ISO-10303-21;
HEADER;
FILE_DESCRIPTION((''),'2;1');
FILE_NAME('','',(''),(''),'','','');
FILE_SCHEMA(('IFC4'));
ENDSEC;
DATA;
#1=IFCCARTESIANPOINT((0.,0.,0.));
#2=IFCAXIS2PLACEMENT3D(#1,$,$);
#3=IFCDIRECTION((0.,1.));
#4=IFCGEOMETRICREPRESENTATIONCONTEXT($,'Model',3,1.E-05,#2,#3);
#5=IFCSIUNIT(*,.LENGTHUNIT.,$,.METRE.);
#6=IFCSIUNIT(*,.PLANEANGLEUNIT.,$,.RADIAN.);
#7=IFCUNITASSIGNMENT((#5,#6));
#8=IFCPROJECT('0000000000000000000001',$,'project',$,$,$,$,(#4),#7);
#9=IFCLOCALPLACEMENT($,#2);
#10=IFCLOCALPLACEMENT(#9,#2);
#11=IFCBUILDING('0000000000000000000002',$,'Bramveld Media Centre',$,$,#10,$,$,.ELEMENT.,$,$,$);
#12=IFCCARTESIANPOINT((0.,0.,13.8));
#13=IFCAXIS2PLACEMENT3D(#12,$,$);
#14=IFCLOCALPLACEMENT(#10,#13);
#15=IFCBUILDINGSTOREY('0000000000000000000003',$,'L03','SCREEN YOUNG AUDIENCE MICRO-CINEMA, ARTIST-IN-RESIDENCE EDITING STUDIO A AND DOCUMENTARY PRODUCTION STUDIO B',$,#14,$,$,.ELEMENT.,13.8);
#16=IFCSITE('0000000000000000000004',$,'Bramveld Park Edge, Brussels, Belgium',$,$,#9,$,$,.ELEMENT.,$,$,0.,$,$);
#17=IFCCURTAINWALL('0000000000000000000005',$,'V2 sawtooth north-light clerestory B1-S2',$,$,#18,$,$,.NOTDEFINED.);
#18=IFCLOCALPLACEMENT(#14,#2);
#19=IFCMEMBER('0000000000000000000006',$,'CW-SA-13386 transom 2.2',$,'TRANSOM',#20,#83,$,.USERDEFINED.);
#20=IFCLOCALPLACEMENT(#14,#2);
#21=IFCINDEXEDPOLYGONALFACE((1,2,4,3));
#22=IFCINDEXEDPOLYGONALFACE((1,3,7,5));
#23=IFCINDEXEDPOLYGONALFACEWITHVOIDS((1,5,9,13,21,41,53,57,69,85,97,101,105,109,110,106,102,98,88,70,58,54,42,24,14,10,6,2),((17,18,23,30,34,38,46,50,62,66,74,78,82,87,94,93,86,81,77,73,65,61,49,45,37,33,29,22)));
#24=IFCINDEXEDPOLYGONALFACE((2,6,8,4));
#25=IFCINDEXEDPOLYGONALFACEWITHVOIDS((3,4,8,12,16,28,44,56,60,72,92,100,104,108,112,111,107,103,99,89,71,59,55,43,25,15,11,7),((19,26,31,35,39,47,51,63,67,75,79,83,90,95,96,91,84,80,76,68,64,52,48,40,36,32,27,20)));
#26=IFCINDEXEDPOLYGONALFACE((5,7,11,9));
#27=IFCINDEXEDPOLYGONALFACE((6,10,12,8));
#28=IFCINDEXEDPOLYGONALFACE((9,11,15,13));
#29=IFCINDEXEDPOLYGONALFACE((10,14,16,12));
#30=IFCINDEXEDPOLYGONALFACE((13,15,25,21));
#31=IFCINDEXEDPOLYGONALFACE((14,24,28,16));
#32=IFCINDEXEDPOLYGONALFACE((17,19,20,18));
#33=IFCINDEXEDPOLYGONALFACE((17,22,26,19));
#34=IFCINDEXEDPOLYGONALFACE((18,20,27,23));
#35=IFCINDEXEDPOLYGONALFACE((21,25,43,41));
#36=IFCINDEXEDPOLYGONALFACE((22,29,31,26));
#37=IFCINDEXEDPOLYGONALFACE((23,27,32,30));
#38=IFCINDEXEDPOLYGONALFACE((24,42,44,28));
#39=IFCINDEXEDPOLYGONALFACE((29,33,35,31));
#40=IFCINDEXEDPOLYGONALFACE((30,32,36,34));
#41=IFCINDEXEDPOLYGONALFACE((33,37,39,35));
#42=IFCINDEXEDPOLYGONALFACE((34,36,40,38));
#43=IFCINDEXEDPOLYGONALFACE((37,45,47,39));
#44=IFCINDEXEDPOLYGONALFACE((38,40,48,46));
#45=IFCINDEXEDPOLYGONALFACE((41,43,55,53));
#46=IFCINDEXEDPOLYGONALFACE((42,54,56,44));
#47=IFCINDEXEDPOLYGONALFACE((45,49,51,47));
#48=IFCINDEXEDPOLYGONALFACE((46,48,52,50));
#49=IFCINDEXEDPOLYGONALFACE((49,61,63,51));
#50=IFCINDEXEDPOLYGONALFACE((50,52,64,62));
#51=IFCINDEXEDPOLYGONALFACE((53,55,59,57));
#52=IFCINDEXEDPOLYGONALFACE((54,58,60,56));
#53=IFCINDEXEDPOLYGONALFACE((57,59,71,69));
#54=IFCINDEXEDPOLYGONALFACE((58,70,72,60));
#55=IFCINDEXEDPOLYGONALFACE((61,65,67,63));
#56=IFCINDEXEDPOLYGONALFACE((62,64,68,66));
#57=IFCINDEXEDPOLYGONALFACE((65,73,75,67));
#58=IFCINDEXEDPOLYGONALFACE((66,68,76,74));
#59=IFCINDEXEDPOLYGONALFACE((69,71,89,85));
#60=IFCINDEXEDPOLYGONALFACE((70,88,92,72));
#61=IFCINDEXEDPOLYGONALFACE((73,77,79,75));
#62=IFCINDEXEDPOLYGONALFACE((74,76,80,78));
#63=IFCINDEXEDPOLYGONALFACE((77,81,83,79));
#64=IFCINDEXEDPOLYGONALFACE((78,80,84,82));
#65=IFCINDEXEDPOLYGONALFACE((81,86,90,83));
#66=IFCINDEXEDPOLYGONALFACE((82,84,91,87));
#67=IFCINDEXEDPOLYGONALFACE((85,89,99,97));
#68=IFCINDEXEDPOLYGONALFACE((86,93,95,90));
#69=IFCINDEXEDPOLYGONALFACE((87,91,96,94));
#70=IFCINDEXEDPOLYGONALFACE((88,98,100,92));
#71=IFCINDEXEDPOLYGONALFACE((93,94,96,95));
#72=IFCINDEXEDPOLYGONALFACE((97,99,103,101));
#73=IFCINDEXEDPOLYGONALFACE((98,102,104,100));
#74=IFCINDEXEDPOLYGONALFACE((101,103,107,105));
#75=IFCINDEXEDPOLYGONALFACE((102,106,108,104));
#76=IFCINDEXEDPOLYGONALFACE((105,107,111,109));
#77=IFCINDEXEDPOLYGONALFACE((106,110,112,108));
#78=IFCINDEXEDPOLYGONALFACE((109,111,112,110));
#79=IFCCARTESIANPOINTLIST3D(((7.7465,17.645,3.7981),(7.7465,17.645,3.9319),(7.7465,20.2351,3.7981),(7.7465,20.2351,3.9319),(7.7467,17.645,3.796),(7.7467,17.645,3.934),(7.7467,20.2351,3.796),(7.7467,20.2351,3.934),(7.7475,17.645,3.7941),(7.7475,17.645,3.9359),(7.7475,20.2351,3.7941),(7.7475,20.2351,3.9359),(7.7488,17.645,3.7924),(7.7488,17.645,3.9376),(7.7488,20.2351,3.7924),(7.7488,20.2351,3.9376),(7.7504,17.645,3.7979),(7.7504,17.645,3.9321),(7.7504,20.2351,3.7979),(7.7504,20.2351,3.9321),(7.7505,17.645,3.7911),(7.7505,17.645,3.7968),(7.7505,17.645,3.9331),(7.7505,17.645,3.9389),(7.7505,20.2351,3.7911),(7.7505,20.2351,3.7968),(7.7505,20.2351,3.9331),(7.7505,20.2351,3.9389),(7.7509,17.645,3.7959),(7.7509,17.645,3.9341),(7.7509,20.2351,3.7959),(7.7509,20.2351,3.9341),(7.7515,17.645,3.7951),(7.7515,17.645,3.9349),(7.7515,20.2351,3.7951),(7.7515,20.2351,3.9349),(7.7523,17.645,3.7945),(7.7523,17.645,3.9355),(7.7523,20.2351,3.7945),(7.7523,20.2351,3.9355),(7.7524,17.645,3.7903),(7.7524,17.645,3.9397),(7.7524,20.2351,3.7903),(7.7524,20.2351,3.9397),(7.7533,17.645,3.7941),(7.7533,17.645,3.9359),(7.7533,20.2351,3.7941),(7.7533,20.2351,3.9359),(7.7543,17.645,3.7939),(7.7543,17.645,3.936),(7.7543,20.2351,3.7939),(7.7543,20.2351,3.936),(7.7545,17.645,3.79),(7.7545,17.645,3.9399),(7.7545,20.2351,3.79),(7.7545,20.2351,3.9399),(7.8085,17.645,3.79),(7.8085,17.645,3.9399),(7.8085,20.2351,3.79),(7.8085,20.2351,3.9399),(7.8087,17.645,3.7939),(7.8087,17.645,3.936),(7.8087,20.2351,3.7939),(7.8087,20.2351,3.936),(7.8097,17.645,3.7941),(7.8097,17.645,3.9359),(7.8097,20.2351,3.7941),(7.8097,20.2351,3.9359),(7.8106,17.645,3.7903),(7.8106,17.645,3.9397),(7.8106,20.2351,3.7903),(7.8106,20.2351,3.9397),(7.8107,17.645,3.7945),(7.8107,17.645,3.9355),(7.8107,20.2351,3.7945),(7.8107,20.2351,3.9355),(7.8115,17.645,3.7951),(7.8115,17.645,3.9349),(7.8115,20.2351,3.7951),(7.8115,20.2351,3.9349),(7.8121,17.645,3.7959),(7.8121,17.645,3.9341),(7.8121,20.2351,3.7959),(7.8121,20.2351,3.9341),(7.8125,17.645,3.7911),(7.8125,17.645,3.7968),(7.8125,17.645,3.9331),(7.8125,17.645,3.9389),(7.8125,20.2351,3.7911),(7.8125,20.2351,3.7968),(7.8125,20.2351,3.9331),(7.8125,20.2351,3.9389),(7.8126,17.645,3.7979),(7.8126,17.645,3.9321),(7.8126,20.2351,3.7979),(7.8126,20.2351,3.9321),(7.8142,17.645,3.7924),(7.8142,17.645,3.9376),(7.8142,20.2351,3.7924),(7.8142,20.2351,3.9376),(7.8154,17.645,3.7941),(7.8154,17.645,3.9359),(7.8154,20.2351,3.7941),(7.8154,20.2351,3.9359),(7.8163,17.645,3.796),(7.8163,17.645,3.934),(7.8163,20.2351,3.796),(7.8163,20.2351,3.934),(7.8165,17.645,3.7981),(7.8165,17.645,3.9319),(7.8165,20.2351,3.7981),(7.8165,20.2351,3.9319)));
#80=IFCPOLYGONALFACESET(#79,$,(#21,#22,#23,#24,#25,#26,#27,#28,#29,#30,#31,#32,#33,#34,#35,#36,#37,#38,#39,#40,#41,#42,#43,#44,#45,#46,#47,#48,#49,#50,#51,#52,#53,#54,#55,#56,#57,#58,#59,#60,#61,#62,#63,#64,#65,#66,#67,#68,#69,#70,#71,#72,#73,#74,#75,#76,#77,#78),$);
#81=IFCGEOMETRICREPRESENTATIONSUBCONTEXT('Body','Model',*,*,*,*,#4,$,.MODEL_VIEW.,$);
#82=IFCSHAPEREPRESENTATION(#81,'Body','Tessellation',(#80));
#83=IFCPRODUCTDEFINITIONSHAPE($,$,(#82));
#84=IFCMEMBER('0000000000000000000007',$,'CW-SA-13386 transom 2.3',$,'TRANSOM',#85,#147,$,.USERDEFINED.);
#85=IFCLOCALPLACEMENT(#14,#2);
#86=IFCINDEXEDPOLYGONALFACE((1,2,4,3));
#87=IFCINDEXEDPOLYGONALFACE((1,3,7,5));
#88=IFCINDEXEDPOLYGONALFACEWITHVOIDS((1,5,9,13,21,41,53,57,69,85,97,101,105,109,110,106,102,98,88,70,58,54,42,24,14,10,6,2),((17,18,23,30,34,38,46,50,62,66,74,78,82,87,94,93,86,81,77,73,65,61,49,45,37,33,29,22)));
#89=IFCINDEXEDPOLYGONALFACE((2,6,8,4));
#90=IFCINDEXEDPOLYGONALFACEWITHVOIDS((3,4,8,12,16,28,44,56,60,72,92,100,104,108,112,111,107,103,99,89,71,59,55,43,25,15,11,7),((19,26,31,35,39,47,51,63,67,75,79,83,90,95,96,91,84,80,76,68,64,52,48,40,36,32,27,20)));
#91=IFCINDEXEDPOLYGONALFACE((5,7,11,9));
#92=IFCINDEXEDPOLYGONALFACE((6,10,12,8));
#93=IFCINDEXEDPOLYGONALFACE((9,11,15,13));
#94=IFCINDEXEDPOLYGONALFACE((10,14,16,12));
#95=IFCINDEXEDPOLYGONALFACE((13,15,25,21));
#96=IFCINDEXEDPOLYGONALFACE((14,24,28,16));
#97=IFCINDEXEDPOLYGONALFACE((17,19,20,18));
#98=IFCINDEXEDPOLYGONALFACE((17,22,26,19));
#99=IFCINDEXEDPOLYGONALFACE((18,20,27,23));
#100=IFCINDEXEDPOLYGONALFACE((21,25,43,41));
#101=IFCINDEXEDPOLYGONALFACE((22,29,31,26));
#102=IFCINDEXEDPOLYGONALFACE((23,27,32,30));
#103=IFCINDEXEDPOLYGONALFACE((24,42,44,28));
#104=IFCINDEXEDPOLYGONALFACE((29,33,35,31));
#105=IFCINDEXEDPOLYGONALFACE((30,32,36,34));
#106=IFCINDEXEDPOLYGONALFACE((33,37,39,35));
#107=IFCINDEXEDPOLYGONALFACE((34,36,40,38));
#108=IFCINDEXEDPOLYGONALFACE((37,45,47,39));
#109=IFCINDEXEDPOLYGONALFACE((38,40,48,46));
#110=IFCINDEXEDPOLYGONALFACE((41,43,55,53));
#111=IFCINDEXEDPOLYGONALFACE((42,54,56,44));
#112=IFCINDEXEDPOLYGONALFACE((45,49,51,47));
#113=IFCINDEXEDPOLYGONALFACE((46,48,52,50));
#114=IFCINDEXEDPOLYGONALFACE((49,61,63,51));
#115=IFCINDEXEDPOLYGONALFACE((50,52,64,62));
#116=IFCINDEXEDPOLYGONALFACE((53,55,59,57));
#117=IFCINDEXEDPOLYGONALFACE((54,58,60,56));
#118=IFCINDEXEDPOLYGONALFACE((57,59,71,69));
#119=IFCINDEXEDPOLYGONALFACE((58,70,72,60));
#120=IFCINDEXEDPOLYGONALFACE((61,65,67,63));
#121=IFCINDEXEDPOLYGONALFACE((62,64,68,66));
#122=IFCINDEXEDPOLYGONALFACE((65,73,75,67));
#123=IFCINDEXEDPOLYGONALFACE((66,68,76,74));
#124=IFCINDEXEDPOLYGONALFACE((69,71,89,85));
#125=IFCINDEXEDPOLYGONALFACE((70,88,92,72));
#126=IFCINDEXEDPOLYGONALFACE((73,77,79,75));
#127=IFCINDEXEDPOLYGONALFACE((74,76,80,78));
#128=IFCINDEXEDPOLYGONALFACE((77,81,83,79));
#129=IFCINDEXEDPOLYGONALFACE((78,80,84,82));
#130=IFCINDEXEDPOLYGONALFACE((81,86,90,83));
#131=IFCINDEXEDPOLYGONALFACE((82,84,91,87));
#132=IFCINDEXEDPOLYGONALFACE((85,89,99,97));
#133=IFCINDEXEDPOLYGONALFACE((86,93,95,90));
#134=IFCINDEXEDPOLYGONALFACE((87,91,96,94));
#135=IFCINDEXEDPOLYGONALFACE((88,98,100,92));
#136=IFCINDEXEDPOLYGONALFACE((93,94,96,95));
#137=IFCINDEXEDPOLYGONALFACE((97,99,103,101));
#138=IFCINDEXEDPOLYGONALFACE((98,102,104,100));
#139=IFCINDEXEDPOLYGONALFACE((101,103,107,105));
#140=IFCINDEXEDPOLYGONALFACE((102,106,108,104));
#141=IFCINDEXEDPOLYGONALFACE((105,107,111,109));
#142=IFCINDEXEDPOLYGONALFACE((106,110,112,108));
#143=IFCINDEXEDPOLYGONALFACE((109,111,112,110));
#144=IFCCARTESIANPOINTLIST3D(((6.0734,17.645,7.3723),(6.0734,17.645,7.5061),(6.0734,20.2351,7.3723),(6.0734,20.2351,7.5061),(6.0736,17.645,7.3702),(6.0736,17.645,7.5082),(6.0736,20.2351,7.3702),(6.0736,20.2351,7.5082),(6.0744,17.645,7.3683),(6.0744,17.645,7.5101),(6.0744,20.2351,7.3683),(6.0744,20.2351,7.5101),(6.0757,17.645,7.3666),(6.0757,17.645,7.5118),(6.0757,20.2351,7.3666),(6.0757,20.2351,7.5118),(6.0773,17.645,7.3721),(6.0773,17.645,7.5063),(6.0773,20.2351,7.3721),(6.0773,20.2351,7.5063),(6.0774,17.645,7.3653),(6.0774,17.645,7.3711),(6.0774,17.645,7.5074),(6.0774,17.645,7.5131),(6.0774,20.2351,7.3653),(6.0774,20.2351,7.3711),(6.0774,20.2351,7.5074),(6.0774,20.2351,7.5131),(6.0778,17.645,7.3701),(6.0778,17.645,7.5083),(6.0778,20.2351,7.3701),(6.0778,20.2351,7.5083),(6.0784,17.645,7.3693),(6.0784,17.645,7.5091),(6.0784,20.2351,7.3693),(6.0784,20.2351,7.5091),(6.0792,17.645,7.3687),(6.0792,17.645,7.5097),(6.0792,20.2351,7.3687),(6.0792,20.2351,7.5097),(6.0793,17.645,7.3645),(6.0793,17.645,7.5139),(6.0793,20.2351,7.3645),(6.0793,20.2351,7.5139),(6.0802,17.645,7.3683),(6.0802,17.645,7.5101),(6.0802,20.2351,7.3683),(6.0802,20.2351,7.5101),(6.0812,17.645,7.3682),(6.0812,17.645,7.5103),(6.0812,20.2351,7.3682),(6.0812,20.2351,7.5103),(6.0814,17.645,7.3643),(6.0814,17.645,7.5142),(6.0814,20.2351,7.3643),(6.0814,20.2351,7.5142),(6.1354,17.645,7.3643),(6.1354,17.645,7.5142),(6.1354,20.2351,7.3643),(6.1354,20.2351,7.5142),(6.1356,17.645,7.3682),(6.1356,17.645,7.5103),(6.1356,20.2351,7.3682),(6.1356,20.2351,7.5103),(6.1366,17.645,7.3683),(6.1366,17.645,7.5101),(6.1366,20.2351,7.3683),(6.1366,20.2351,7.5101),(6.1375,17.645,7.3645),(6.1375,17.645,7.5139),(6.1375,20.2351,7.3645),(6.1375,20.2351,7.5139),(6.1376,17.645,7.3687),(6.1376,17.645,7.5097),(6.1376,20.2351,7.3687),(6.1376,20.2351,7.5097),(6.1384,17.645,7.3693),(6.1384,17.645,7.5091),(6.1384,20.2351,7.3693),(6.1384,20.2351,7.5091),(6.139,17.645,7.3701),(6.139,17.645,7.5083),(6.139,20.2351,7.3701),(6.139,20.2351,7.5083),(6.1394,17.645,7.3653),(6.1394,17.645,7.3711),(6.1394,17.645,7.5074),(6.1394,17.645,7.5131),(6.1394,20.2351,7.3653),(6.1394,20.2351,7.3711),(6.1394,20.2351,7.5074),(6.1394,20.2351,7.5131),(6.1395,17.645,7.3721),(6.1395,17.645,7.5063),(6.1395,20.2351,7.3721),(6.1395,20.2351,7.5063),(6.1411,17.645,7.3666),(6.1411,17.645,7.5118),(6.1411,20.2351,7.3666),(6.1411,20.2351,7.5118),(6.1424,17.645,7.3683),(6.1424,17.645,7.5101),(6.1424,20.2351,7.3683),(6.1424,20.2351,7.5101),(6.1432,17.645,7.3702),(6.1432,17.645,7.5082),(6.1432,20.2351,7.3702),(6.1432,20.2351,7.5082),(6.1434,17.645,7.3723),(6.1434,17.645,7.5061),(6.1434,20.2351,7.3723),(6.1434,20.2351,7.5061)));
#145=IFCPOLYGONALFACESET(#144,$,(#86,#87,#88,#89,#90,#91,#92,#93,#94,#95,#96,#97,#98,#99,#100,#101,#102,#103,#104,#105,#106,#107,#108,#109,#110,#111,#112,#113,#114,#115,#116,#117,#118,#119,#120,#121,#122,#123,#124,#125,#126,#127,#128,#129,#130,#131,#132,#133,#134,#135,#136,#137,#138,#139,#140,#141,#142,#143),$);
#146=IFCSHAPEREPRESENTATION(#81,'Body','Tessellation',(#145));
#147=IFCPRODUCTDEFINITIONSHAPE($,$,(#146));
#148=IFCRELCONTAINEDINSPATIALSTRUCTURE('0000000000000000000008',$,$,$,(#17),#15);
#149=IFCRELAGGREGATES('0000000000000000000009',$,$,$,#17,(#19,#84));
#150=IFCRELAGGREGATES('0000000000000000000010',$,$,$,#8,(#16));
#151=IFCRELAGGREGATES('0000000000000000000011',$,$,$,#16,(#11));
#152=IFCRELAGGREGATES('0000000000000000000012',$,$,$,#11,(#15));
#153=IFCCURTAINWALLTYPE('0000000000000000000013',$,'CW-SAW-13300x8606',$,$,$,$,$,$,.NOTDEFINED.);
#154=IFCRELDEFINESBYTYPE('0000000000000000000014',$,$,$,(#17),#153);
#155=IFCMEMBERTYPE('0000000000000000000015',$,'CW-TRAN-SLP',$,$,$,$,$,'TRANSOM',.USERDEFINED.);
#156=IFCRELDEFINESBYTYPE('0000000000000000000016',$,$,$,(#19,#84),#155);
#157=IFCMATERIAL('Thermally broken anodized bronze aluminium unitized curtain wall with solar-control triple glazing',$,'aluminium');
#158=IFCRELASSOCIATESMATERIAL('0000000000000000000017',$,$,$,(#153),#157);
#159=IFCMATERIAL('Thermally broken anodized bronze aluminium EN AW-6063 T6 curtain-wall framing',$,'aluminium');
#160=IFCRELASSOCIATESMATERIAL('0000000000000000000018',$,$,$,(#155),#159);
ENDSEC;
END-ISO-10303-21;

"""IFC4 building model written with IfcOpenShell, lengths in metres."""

from ifc_helpers import new_model, si_unit, direction, frame, origin, origin_2d, place, context, subcontext, project, spatial, hollow_rectangle, extrude, material, material_profile, profile_set, type_object, element, aggregate, save


model = new_model("IFC4")

# Units and contexts
model_context = context("Model", 3, precision=1e-05, world=origin(), true_north=direction((0.0, 1.0)))
body_context = subcontext(model_context, "Body", "Model", "MODEL_VIEW")
ifc_project = project(units=[si_unit("LENGTHUNIT", "METRE"), si_unit("PLANEANGLEUNIT", "RADIAN")], contexts=[model_context])

# Site, building, storey
site_placement = place(None, origin())
site = spatial("IfcSite", under=ifc_project, at=site_placement, Name="Bramveld Park Edge, Brussels, Belgium", CompositionType="ELEMENT", RefElevation=0.0)
building_placement = place(site_placement, origin())
building = spatial("IfcBuilding", under=site, at=building_placement, Name="Bramveld Media Centre", CompositionType="ELEMENT")
storey_placement = place(building_placement, frame((0.0, 0.0, 13.8)))
storey = spatial("IfcBuildingStorey", under=building, at=storey_placement, Name="L03", Description="SCREEN YOUNG AUDIENCE MICRO-CINEMA, ARTIST-IN-RESIDENCE EDITING STUDIO A AND DOCUMENTARY PRODUCTION STUDIO B", CompositionType="ELEMENT", Elevation=13.8)

# Curtain wall, members
ifc_material_1 = material(Name="Thermally broken anodized bronze aluminium unitized curtain wall with solar-control triple glazing", Category="aluminium")
curtain_wall_type = type_object("IfcCurtainWallType", Name="CW-SAW-13300x8606", PredefinedType="NOTDEFINED", material=ifc_material_1)
curtain_wall_placement = place(storey_placement, origin())
curtain_wall = element("IfcCurtainWall", 1, at=curtain_wall_placement, inside=storey, type_object=curtain_wall_type, Name="V2 sawtooth north-light clerestory B1-S2", PredefinedType="NOTDEFINED")
ifc_material_2 = material(Name="Thermally broken anodized bronze aluminium EN AW-6063 T6 curtain-wall framing", Category="aluminium")
ifc_material_profile_1 = material_profile(ifc_material_2, hollow_rectangle(XDim=0.0701, YDim=0.1499, WallThickness=0.0039, InnerFilletRadius=0.0039, OuterFilletRadius=0.0081, at=origin_2d()), Name="AL-TRAN 70x150")
ifc_profile_set_1 = profile_set([ifc_material_profile_1], Name="Thermally broken anodized bronze aluminium EN AW-6063 T6 curtain-wall framing")
member_type_1 = type_object("IfcMemberType", Name="CW-TRAN-SLP", ElementType="TRANSOM", PredefinedType="USERDEFINED", material=ifc_profile_set_1)
member_1_placement = place(storey_placement, frame((7.7815, 17.645, 3.865), z_axis=(0.0, 1.0, 0.0), x_axis=(-1.0, 0.0, 0.0)))
member_1 = element("IfcMember", 2, at=member_1_placement, type_object=member_type_1, Name="CW-SA-13386 transom 2.2", ObjectType="TRANSOM", PredefinedType="USERDEFINED", context=body_context, shape_type="SweptSolid", body=[
    extrude(hollow_rectangle(XDim=0.0701, YDim=0.1499, WallThickness=0.0039, InnerFilletRadius=0.0039, OuterFilletRadius=0.0081, at=origin_2d()), origin(), (0.0, 0.0, 1.0), 2.5901),
])
member_2_placement = place(storey_placement, frame((6.1084, 17.645, 7.4392), z_axis=(0.0, 1.0, 0.0), x_axis=(-1.0, 0.0, 0.0)))
member_2 = element("IfcMember", 3, at=member_2_placement, type_object=member_type_1, Name="CW-SA-13386 transom 2.3", ObjectType="TRANSOM", PredefinedType="USERDEFINED", context=body_context, shape_type="SweptSolid", body=[
    extrude(hollow_rectangle(XDim=0.0701, YDim=0.1499, WallThickness=0.0039, InnerFilletRadius=0.0039, OuterFilletRadius=0.0081, at=origin_2d()), origin(), (0.0, 0.0, 1.0), 2.5901),
])

aggregate(curtain_wall, [member_1, member_2])

save(model, "model.ifc")
